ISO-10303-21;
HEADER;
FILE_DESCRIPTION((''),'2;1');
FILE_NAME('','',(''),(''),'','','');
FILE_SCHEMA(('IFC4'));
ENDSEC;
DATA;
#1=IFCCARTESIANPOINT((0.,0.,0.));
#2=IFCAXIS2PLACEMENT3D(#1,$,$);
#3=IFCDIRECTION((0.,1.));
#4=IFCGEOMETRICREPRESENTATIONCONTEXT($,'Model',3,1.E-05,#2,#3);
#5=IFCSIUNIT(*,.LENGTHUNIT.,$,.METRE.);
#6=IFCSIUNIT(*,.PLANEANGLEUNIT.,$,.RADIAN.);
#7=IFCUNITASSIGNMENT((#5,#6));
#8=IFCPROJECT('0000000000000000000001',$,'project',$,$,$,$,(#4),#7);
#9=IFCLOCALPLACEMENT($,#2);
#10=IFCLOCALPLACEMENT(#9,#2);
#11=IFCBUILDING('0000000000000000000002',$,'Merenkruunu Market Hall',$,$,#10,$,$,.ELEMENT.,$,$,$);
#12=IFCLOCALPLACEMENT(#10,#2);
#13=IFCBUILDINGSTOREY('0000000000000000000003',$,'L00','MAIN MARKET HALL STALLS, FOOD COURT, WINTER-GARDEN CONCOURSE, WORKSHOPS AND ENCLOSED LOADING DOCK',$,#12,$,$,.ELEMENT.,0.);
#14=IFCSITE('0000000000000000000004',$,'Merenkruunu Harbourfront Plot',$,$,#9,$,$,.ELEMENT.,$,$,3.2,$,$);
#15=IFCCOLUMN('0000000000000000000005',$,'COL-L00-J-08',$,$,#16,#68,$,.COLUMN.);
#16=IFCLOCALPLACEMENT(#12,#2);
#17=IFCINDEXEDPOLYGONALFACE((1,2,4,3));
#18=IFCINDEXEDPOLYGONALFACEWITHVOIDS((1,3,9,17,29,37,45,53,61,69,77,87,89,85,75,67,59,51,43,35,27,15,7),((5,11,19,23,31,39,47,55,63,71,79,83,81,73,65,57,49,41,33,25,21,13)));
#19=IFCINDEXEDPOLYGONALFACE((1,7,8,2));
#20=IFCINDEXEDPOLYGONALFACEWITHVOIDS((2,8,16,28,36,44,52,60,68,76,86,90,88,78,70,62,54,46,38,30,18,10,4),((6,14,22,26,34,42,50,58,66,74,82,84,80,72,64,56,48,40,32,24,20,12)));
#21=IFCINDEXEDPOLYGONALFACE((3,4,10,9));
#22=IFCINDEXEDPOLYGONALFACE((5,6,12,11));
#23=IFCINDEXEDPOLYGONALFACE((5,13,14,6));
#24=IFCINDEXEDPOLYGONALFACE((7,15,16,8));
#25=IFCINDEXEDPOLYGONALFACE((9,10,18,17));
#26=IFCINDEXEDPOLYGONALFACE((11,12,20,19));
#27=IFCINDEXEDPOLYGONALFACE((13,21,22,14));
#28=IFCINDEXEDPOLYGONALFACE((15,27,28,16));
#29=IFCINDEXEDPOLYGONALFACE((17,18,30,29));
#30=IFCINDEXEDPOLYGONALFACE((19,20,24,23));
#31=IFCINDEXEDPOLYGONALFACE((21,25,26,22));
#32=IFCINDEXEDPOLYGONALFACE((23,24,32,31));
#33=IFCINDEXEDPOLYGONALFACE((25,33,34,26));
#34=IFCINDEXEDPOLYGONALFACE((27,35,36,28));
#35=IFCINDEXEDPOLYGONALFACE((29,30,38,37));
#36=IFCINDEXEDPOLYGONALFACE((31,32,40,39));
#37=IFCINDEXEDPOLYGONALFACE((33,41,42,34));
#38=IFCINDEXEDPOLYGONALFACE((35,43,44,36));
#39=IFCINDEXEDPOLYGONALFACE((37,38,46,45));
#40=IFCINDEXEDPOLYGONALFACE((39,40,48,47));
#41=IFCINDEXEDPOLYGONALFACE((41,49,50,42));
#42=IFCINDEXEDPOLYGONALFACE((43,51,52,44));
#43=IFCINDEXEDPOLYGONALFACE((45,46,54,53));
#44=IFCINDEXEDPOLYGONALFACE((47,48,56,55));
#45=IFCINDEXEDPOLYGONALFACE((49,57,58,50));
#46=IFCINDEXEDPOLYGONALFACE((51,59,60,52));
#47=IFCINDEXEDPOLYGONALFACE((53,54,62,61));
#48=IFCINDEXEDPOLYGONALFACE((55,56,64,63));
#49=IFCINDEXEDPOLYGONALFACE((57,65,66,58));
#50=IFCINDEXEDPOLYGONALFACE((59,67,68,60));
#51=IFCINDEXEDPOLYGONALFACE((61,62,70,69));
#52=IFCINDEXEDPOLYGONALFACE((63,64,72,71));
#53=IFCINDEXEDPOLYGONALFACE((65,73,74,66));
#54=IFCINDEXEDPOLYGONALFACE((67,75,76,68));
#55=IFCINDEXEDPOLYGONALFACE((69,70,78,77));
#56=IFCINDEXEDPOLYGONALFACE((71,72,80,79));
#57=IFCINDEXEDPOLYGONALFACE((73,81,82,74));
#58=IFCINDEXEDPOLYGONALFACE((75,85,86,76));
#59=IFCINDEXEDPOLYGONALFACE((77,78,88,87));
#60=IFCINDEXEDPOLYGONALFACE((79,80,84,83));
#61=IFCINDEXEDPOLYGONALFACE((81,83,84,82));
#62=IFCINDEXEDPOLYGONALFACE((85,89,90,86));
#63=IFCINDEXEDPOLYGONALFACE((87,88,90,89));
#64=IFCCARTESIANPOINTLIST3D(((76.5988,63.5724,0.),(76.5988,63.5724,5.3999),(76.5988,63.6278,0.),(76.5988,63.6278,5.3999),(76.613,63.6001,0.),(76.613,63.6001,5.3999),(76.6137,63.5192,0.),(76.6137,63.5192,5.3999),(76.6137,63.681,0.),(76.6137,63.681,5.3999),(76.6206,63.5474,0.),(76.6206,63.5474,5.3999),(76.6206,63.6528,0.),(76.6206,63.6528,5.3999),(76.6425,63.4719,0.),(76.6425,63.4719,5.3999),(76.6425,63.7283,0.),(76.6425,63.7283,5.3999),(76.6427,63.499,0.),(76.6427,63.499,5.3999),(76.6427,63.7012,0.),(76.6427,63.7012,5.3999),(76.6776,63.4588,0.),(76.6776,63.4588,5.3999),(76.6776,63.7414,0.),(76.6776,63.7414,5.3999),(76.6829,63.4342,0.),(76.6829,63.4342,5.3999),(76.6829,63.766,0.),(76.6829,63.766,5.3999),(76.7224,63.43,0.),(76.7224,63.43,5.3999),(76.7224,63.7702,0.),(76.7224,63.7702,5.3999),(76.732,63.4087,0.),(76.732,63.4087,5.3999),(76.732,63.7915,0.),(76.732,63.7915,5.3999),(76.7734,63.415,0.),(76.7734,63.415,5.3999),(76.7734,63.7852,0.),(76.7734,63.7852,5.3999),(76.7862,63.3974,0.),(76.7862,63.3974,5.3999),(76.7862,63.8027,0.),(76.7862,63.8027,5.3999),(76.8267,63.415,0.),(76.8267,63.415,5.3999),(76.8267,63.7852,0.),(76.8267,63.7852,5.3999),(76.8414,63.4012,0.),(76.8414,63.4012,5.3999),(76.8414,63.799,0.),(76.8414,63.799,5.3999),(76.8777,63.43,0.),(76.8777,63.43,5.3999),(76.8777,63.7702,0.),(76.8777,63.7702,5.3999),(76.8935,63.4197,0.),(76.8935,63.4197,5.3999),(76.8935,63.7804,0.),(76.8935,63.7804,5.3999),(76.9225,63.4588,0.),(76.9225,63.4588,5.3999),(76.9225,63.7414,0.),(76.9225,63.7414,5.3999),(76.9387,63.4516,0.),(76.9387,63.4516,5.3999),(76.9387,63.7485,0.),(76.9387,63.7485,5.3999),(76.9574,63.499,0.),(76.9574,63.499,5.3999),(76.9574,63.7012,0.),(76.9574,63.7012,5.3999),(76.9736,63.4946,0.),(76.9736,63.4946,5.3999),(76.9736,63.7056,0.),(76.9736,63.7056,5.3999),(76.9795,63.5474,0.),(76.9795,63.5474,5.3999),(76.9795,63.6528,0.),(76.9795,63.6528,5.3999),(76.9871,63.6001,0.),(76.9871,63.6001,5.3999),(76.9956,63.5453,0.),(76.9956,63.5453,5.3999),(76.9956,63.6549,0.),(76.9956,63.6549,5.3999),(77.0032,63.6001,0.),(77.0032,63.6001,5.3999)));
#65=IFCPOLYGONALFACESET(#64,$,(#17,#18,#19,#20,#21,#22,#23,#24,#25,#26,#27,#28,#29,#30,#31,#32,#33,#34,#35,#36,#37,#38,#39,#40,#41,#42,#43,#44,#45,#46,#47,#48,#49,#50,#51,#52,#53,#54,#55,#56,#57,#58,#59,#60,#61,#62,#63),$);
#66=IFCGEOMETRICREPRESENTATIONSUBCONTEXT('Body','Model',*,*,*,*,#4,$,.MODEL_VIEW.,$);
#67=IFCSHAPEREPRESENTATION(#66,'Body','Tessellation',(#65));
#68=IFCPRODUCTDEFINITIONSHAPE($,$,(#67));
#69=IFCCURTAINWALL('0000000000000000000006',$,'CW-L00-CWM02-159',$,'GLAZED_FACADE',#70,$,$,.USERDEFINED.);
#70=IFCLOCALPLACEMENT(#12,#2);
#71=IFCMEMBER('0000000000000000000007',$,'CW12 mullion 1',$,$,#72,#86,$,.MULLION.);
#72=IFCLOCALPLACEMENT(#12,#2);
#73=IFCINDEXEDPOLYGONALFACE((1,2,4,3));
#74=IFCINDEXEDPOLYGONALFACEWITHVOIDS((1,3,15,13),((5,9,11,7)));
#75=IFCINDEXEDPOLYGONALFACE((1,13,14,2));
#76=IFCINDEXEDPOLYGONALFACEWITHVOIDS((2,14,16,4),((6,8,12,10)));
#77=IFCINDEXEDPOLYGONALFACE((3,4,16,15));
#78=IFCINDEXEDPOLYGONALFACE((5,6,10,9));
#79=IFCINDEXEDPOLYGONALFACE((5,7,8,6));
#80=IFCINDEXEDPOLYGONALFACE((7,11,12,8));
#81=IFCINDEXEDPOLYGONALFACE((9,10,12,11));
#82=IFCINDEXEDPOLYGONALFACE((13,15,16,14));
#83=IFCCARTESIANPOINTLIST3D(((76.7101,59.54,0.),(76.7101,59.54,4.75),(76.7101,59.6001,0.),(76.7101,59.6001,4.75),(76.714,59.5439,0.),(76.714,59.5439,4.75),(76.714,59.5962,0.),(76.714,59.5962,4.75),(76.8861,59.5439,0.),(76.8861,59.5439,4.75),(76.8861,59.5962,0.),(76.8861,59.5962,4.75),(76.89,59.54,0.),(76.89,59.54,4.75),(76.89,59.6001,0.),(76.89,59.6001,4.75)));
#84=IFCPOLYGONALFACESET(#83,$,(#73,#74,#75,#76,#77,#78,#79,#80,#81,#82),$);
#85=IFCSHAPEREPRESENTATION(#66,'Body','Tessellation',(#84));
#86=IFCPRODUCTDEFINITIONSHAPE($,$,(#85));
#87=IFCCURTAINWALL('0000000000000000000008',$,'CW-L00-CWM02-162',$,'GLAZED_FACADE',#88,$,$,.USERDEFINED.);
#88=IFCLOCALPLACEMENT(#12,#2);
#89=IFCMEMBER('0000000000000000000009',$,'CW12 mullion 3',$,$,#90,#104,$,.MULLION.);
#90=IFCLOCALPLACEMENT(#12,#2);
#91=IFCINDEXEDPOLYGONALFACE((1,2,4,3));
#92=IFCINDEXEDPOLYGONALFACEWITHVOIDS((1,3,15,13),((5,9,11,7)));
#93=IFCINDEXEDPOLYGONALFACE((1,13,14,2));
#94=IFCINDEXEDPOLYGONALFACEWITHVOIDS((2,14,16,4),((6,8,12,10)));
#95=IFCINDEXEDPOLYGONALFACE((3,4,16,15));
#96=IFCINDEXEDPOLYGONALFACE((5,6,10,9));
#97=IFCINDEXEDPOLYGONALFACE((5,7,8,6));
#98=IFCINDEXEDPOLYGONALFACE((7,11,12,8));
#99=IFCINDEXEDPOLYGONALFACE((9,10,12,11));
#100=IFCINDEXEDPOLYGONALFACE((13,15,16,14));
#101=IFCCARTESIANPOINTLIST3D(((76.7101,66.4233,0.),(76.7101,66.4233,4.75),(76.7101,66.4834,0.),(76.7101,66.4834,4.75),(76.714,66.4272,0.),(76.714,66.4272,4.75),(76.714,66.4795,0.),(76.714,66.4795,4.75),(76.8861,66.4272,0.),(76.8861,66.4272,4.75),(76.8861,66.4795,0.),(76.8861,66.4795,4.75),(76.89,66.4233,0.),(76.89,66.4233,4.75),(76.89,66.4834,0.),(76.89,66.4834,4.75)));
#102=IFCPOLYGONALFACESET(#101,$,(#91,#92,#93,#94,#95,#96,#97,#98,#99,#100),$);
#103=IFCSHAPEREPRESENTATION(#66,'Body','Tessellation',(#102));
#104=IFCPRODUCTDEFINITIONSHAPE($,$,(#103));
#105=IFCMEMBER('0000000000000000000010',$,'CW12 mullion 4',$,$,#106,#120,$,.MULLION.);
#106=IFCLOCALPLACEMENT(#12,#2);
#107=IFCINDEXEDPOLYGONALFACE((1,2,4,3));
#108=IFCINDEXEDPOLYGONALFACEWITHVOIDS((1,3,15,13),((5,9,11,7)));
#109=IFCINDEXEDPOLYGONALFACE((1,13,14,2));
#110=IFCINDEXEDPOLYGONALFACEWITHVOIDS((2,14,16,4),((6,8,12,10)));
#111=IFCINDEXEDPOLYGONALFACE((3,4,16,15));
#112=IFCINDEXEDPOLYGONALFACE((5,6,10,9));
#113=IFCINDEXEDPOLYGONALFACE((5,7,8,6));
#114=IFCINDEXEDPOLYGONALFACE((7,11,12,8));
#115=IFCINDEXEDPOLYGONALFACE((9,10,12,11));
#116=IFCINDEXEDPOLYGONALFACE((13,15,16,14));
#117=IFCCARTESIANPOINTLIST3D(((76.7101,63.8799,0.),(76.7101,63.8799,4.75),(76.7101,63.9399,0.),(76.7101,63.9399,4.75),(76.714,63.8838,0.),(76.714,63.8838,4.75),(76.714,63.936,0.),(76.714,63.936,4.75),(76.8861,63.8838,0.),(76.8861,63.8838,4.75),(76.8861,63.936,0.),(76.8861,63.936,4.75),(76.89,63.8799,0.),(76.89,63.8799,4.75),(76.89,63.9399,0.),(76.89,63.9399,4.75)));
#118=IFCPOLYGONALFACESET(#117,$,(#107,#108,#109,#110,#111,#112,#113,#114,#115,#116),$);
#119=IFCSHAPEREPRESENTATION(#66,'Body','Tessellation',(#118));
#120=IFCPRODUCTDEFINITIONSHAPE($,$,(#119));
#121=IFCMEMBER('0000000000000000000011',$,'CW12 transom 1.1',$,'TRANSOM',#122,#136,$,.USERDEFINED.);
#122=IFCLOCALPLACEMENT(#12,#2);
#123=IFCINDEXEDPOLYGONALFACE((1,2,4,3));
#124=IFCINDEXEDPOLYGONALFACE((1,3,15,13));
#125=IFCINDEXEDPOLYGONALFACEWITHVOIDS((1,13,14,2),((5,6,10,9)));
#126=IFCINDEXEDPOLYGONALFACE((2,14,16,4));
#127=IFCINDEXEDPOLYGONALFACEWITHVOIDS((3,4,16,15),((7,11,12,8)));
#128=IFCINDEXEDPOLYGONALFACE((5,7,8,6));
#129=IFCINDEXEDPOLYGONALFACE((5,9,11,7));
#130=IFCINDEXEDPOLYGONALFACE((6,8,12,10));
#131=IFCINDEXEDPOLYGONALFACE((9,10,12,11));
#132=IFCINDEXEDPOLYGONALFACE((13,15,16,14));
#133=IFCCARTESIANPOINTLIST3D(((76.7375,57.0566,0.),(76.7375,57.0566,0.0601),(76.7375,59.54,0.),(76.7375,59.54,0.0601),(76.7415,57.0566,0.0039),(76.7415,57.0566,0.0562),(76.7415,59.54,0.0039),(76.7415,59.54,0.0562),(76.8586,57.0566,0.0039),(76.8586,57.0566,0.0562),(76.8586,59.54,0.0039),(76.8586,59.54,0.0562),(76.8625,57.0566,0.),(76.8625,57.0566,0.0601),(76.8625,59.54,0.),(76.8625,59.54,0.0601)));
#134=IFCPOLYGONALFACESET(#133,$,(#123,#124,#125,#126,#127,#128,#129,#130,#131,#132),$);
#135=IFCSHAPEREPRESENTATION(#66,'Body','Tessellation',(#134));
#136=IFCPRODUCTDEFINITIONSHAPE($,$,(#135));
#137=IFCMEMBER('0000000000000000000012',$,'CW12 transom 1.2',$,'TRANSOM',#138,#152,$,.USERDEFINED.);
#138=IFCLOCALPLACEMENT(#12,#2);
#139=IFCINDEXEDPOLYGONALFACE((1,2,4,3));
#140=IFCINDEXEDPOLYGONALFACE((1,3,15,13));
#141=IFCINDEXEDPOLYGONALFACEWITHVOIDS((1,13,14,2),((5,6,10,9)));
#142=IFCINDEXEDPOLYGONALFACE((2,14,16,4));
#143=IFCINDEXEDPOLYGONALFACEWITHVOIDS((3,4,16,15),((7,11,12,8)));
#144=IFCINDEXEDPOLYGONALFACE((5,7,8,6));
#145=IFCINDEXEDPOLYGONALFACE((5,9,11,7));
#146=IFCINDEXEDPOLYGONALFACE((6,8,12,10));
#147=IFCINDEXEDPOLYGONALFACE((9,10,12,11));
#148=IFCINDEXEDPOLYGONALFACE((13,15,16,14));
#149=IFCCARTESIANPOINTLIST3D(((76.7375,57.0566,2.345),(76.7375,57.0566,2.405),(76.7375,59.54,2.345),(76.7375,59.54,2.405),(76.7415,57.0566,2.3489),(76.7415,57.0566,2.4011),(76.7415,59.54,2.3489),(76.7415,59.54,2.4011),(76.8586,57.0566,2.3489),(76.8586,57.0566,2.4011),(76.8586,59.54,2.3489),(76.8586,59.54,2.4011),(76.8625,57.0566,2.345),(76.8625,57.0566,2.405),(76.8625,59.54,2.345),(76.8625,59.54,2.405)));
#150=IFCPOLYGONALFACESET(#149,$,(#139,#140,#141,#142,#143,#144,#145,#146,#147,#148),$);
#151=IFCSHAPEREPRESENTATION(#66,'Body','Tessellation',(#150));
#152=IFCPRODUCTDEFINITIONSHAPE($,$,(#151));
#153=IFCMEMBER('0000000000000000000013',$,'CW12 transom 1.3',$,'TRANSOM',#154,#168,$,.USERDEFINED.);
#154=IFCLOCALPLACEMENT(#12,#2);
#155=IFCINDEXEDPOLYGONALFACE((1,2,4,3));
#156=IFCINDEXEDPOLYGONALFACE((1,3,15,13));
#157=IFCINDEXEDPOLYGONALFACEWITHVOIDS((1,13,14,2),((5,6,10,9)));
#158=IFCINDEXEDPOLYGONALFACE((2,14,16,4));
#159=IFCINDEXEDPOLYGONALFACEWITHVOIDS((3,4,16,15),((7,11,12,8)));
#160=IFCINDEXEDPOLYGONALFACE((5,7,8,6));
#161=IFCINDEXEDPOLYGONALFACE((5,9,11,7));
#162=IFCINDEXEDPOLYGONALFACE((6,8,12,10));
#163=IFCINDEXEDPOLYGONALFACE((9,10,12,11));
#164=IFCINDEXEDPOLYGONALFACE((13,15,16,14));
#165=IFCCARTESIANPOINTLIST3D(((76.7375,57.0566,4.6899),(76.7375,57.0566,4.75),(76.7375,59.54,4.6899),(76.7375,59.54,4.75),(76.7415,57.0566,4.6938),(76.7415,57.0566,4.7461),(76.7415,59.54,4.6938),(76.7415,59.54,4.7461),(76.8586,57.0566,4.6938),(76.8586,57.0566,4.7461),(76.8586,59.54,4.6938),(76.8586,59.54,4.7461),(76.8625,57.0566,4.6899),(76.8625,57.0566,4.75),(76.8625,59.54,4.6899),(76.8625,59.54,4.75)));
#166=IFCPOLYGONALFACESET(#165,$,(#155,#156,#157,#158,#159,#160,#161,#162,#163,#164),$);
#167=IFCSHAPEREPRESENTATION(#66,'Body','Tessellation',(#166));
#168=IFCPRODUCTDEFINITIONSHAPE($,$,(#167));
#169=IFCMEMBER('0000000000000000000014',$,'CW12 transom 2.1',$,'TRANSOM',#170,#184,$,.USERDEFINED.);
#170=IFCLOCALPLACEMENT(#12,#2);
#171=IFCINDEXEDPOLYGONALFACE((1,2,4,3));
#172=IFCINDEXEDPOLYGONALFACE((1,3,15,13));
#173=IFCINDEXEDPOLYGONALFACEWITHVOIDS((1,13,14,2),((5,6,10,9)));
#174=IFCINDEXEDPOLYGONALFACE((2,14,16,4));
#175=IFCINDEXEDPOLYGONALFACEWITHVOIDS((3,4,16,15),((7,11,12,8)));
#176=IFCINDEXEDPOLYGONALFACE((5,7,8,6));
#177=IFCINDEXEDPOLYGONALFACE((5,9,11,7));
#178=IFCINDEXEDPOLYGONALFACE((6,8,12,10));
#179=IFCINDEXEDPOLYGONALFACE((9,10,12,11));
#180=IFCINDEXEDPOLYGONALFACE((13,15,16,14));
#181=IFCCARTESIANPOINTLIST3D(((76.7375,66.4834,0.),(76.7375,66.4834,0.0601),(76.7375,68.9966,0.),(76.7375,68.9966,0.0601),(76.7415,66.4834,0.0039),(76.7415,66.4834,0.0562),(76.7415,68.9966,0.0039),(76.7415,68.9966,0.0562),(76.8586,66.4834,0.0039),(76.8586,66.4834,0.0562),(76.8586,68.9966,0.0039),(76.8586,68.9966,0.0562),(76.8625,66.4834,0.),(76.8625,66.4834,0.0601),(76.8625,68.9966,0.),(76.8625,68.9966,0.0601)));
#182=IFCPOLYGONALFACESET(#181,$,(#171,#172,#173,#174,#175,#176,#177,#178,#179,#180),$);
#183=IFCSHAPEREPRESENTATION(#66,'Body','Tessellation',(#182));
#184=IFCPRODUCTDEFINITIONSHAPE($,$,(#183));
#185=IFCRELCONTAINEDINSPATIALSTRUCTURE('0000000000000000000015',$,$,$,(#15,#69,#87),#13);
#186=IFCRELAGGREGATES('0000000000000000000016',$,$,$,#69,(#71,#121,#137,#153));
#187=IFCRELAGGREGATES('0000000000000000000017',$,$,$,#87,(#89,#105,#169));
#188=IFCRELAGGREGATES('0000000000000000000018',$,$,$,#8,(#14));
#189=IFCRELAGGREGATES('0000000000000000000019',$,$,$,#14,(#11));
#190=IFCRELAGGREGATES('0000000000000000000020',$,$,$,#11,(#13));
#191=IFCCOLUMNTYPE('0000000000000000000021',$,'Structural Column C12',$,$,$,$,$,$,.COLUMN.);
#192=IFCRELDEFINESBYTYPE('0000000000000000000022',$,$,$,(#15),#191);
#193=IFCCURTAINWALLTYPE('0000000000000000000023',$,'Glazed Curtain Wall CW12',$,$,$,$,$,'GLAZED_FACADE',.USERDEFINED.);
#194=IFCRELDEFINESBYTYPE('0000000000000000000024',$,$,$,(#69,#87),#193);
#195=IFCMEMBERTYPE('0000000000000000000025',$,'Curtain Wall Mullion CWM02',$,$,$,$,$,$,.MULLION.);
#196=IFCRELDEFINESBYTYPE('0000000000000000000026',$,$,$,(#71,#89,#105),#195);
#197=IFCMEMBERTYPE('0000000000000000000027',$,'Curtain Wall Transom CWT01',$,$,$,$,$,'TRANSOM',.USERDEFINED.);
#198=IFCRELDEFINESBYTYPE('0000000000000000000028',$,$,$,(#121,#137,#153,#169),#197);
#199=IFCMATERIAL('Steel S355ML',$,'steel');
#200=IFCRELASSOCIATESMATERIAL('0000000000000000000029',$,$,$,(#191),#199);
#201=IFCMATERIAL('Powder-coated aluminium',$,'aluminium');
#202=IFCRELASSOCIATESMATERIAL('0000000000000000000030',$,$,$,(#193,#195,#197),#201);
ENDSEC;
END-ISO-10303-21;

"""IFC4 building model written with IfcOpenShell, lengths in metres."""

from ifc_helpers import new_model, si_unit, direction, frame, origin, origin_2d, place, context, subcontext, project, spatial, hollow_rectangle, hollow_circle, extrude, material, material_profile, profile_set, type_object, element, aggregate, save


model = new_model("IFC4")

# Units and contexts
model_context = context("Model", 3, precision=1e-05, world=origin(), true_north=direction((0.0, 1.0)))
body_context = subcontext(model_context, "Body", "Model", "MODEL_VIEW")
ifc_project = project(units=[si_unit("LENGTHUNIT", "METRE"), si_unit("PLANEANGLEUNIT", "RADIAN")], contexts=[model_context])

# Site, building, storey
site_placement = place(None, origin())
site = spatial("IfcSite", under=ifc_project, at=site_placement, Name="Merenkruunu Harbourfront Plot", CompositionType="ELEMENT", RefElevation=3.2)
building_placement = place(site_placement, origin())
building = spatial("IfcBuilding", under=site, at=building_placement, Name="Merenkruunu Market Hall", CompositionType="ELEMENT")
storey_placement = place(building_placement, origin())
storey = spatial("IfcBuildingStorey", under=building, at=storey_placement, Name="L00", Description="MAIN MARKET HALL STALLS, FOOD COURT, WINTER-GARDEN CONCOURSE, WORKSHOPS AND ENCLOSED LOADING DOCK", CompositionType="ELEMENT", Elevation=0.0)

# Column
ifc_material_1 = material(Name="Steel S355ML", Category="steel")
ifc_material_profile_1 = material_profile(ifc_material_1, hollow_circle(Radius=0.2031, WallThickness=0.0161, at=origin_2d()), Name="CHS 406.4x16")
ifc_profile_set_1 = profile_set([ifc_material_profile_1], Name="Steel S355ML")
column_type = type_object("IfcColumnType", Name="Structural Column C12", PredefinedType="COLUMN", material=ifc_profile_set_1)
column_placement = place(storey_placement, frame((76.8, 63.6001, 0.0), z_axis=(0.0, 0.0, 1.0), x_axis=(1.0, 0.0, 0.0)))
element("IfcColumn", 1, at=column_placement, inside=storey, type_object=column_type, Name="COL-L00-J-08", PredefinedType="COLUMN", context=body_context, shape_type="SweptSolid", body=[
    extrude(hollow_circle(Radius=0.2031, WallThickness=0.0161, at=origin_2d()), origin(), (0.0, 0.0, 1.0), 5.3999),
])

# Curtain wall, member
ifc_material_2 = material(Name="Powder-coated aluminium", Category="aluminium")
curtain_wall_type = type_object("IfcCurtainWallType", Name="Glazed Curtain Wall CW12", ElementType="GLAZED_FACADE", PredefinedType="USERDEFINED", material=ifc_material_2)
curtain_wall_1_placement = place(storey_placement, origin())
curtain_wall_1 = element("IfcCurtainWall", 2, at=curtain_wall_1_placement, inside=storey, type_object=curtain_wall_type, Name="CW-L00-CWM02-159", ObjectType="GLAZED_FACADE", PredefinedType="USERDEFINED")
ifc_material_profile_2 = material_profile(ifc_material_2, hollow_rectangle(XDim=0.0601, YDim=0.1799, WallThickness=0.0039, at=origin_2d()), Name="ALU 60x180x4")
ifc_profile_set_2 = profile_set([ifc_material_profile_2], Name="Powder-coated aluminium")
member_type_1 = type_object("IfcMemberType", Name="Curtain Wall Mullion CWM02", PredefinedType="MULLION", material=ifc_profile_set_2)
member_1_placement = place(storey_placement, frame((76.8, 59.5701, 0.0), z_axis=(0.0, 0.0, 1.0), x_axis=(0.0, -1.0, 0.0)))
member_1 = element("IfcMember", 3, at=member_1_placement, type_object=member_type_1, Name="CW12 mullion 1", PredefinedType="MULLION", context=body_context, shape_type="SweptSolid", body=[
    extrude(hollow_rectangle(XDim=0.0601, YDim=0.1799, WallThickness=0.0039, at=origin_2d()), origin(), (0.0, 0.0, 1.0), 4.75),
])

# Curtain wall, members
curtain_wall_2_placement = place(storey_placement, origin())
curtain_wall_2 = element("IfcCurtainWall", 4, at=curtain_wall_2_placement, inside=storey, type_object=curtain_wall_type, Name="CW-L00-CWM02-162", ObjectType="GLAZED_FACADE", PredefinedType="USERDEFINED")
member_2_placement = place(storey_placement, frame((76.8, 66.4534, 0.0), z_axis=(0.0, 0.0, 1.0), x_axis=(0.0, -1.0, 0.0)))
member_2 = element("IfcMember", 5, at=member_2_placement, type_object=member_type_1, Name="CW12 mullion 3", PredefinedType="MULLION", context=body_context, shape_type="SweptSolid", body=[
    extrude(hollow_rectangle(XDim=0.0601, YDim=0.1799, WallThickness=0.0039, at=origin_2d()), origin(), (0.0, 0.0, 1.0), 4.75),
])
member_3_placement = place(storey_placement, frame((76.8, 63.9099, 0.0), z_axis=(0.0, 0.0, 1.0), x_axis=(0.0, -1.0, 0.0)))
member_3 = element("IfcMember", 6, at=member_3_placement, type_object=member_type_1, Name="CW12 mullion 4", PredefinedType="MULLION", context=body_context, shape_type="SweptSolid", body=[
    extrude(hollow_rectangle(XDim=0.0601, YDim=0.1799, WallThickness=0.0039, at=origin_2d()), origin(), (0.0, 0.0, 1.0), 4.75),
])

# Members
ifc_material_profile_3 = material_profile(ifc_material_2, hollow_rectangle(XDim=0.0601, YDim=0.125, WallThickness=0.0039, at=origin_2d()), Name="ALU 60x125x4")
ifc_profile_set_3 = profile_set([ifc_material_profile_3], Name="Powder-coated aluminium")
member_type_2 = type_object("IfcMemberType", Name="Curtain Wall Transom CWT01", ElementType="TRANSOM", PredefinedType="USERDEFINED", material=ifc_profile_set_3)
member_4_placement = place(storey_placement, frame((76.8, 59.54, 0.03), z_axis=(0.0, -1.0, 0.0), x_axis=(0.0, 0.0, 1.0)))
member_4 = element("IfcMember", 7, at=member_4_placement, type_object=member_type_2, Name="CW12 transom 1.1", ObjectType="TRANSOM", PredefinedType="USERDEFINED", context=body_context, shape_type="SweptSolid", body=[
    extrude(hollow_rectangle(XDim=0.0601, YDim=0.125, WallThickness=0.0039, at=origin_2d()), origin(), (0.0, 0.0, 1.0), 2.4834),
])
member_5_placement = place(storey_placement, frame((76.8, 59.54, 2.375), z_axis=(0.0, -1.0, 0.0), x_axis=(0.0, 0.0, 1.0)))
member_5 = element("IfcMember", 8, at=member_5_placement, type_object=member_type_2, Name="CW12 transom 1.2", ObjectType="TRANSOM", PredefinedType="USERDEFINED", context=body_context, shape_type="SweptSolid", body=[
    extrude(hollow_rectangle(XDim=0.0601, YDim=0.125, WallThickness=0.0039, at=origin_2d()), origin(), (0.0, 0.0, 1.0), 2.4834),
])
member_6_placement = place(storey_placement, frame((76.8, 59.54, 4.72), z_axis=(0.0, -1.0, 0.0), x_axis=(0.0, 0.0, 1.0)))
member_6 = element("IfcMember", 9, at=member_6_placement, type_object=member_type_2, Name="CW12 transom 1.3", ObjectType="TRANSOM", PredefinedType="USERDEFINED", context=body_context, shape_type="SweptSolid", body=[
    extrude(hollow_rectangle(XDim=0.0601, YDim=0.125, WallThickness=0.0039, at=origin_2d()), origin(), (0.0, 0.0, 1.0), 2.4834),
])
aggregate(curtain_wall_1, [member_1, member_4, member_5, member_6])
member_7_placement = place(storey_placement, frame((76.8, 68.9966, 0.03), z_axis=(0.0, -1.0, 0.0), x_axis=(0.0, 0.0, 1.0)))
member_7 = element("IfcMember", 10, at=member_7_placement, type_object=member_type_2, Name="CW12 transom 2.1", ObjectType="TRANSOM", PredefinedType="USERDEFINED", context=body_context, shape_type="SweptSolid", body=[
    extrude(hollow_rectangle(XDim=0.0601, YDim=0.125, WallThickness=0.0039, at=origin_2d()), origin(), (0.0, 0.0, 1.0), 2.5132),
])

aggregate(curtain_wall_2, [member_2, member_3, member_7])

save(model, "model.ifc")
